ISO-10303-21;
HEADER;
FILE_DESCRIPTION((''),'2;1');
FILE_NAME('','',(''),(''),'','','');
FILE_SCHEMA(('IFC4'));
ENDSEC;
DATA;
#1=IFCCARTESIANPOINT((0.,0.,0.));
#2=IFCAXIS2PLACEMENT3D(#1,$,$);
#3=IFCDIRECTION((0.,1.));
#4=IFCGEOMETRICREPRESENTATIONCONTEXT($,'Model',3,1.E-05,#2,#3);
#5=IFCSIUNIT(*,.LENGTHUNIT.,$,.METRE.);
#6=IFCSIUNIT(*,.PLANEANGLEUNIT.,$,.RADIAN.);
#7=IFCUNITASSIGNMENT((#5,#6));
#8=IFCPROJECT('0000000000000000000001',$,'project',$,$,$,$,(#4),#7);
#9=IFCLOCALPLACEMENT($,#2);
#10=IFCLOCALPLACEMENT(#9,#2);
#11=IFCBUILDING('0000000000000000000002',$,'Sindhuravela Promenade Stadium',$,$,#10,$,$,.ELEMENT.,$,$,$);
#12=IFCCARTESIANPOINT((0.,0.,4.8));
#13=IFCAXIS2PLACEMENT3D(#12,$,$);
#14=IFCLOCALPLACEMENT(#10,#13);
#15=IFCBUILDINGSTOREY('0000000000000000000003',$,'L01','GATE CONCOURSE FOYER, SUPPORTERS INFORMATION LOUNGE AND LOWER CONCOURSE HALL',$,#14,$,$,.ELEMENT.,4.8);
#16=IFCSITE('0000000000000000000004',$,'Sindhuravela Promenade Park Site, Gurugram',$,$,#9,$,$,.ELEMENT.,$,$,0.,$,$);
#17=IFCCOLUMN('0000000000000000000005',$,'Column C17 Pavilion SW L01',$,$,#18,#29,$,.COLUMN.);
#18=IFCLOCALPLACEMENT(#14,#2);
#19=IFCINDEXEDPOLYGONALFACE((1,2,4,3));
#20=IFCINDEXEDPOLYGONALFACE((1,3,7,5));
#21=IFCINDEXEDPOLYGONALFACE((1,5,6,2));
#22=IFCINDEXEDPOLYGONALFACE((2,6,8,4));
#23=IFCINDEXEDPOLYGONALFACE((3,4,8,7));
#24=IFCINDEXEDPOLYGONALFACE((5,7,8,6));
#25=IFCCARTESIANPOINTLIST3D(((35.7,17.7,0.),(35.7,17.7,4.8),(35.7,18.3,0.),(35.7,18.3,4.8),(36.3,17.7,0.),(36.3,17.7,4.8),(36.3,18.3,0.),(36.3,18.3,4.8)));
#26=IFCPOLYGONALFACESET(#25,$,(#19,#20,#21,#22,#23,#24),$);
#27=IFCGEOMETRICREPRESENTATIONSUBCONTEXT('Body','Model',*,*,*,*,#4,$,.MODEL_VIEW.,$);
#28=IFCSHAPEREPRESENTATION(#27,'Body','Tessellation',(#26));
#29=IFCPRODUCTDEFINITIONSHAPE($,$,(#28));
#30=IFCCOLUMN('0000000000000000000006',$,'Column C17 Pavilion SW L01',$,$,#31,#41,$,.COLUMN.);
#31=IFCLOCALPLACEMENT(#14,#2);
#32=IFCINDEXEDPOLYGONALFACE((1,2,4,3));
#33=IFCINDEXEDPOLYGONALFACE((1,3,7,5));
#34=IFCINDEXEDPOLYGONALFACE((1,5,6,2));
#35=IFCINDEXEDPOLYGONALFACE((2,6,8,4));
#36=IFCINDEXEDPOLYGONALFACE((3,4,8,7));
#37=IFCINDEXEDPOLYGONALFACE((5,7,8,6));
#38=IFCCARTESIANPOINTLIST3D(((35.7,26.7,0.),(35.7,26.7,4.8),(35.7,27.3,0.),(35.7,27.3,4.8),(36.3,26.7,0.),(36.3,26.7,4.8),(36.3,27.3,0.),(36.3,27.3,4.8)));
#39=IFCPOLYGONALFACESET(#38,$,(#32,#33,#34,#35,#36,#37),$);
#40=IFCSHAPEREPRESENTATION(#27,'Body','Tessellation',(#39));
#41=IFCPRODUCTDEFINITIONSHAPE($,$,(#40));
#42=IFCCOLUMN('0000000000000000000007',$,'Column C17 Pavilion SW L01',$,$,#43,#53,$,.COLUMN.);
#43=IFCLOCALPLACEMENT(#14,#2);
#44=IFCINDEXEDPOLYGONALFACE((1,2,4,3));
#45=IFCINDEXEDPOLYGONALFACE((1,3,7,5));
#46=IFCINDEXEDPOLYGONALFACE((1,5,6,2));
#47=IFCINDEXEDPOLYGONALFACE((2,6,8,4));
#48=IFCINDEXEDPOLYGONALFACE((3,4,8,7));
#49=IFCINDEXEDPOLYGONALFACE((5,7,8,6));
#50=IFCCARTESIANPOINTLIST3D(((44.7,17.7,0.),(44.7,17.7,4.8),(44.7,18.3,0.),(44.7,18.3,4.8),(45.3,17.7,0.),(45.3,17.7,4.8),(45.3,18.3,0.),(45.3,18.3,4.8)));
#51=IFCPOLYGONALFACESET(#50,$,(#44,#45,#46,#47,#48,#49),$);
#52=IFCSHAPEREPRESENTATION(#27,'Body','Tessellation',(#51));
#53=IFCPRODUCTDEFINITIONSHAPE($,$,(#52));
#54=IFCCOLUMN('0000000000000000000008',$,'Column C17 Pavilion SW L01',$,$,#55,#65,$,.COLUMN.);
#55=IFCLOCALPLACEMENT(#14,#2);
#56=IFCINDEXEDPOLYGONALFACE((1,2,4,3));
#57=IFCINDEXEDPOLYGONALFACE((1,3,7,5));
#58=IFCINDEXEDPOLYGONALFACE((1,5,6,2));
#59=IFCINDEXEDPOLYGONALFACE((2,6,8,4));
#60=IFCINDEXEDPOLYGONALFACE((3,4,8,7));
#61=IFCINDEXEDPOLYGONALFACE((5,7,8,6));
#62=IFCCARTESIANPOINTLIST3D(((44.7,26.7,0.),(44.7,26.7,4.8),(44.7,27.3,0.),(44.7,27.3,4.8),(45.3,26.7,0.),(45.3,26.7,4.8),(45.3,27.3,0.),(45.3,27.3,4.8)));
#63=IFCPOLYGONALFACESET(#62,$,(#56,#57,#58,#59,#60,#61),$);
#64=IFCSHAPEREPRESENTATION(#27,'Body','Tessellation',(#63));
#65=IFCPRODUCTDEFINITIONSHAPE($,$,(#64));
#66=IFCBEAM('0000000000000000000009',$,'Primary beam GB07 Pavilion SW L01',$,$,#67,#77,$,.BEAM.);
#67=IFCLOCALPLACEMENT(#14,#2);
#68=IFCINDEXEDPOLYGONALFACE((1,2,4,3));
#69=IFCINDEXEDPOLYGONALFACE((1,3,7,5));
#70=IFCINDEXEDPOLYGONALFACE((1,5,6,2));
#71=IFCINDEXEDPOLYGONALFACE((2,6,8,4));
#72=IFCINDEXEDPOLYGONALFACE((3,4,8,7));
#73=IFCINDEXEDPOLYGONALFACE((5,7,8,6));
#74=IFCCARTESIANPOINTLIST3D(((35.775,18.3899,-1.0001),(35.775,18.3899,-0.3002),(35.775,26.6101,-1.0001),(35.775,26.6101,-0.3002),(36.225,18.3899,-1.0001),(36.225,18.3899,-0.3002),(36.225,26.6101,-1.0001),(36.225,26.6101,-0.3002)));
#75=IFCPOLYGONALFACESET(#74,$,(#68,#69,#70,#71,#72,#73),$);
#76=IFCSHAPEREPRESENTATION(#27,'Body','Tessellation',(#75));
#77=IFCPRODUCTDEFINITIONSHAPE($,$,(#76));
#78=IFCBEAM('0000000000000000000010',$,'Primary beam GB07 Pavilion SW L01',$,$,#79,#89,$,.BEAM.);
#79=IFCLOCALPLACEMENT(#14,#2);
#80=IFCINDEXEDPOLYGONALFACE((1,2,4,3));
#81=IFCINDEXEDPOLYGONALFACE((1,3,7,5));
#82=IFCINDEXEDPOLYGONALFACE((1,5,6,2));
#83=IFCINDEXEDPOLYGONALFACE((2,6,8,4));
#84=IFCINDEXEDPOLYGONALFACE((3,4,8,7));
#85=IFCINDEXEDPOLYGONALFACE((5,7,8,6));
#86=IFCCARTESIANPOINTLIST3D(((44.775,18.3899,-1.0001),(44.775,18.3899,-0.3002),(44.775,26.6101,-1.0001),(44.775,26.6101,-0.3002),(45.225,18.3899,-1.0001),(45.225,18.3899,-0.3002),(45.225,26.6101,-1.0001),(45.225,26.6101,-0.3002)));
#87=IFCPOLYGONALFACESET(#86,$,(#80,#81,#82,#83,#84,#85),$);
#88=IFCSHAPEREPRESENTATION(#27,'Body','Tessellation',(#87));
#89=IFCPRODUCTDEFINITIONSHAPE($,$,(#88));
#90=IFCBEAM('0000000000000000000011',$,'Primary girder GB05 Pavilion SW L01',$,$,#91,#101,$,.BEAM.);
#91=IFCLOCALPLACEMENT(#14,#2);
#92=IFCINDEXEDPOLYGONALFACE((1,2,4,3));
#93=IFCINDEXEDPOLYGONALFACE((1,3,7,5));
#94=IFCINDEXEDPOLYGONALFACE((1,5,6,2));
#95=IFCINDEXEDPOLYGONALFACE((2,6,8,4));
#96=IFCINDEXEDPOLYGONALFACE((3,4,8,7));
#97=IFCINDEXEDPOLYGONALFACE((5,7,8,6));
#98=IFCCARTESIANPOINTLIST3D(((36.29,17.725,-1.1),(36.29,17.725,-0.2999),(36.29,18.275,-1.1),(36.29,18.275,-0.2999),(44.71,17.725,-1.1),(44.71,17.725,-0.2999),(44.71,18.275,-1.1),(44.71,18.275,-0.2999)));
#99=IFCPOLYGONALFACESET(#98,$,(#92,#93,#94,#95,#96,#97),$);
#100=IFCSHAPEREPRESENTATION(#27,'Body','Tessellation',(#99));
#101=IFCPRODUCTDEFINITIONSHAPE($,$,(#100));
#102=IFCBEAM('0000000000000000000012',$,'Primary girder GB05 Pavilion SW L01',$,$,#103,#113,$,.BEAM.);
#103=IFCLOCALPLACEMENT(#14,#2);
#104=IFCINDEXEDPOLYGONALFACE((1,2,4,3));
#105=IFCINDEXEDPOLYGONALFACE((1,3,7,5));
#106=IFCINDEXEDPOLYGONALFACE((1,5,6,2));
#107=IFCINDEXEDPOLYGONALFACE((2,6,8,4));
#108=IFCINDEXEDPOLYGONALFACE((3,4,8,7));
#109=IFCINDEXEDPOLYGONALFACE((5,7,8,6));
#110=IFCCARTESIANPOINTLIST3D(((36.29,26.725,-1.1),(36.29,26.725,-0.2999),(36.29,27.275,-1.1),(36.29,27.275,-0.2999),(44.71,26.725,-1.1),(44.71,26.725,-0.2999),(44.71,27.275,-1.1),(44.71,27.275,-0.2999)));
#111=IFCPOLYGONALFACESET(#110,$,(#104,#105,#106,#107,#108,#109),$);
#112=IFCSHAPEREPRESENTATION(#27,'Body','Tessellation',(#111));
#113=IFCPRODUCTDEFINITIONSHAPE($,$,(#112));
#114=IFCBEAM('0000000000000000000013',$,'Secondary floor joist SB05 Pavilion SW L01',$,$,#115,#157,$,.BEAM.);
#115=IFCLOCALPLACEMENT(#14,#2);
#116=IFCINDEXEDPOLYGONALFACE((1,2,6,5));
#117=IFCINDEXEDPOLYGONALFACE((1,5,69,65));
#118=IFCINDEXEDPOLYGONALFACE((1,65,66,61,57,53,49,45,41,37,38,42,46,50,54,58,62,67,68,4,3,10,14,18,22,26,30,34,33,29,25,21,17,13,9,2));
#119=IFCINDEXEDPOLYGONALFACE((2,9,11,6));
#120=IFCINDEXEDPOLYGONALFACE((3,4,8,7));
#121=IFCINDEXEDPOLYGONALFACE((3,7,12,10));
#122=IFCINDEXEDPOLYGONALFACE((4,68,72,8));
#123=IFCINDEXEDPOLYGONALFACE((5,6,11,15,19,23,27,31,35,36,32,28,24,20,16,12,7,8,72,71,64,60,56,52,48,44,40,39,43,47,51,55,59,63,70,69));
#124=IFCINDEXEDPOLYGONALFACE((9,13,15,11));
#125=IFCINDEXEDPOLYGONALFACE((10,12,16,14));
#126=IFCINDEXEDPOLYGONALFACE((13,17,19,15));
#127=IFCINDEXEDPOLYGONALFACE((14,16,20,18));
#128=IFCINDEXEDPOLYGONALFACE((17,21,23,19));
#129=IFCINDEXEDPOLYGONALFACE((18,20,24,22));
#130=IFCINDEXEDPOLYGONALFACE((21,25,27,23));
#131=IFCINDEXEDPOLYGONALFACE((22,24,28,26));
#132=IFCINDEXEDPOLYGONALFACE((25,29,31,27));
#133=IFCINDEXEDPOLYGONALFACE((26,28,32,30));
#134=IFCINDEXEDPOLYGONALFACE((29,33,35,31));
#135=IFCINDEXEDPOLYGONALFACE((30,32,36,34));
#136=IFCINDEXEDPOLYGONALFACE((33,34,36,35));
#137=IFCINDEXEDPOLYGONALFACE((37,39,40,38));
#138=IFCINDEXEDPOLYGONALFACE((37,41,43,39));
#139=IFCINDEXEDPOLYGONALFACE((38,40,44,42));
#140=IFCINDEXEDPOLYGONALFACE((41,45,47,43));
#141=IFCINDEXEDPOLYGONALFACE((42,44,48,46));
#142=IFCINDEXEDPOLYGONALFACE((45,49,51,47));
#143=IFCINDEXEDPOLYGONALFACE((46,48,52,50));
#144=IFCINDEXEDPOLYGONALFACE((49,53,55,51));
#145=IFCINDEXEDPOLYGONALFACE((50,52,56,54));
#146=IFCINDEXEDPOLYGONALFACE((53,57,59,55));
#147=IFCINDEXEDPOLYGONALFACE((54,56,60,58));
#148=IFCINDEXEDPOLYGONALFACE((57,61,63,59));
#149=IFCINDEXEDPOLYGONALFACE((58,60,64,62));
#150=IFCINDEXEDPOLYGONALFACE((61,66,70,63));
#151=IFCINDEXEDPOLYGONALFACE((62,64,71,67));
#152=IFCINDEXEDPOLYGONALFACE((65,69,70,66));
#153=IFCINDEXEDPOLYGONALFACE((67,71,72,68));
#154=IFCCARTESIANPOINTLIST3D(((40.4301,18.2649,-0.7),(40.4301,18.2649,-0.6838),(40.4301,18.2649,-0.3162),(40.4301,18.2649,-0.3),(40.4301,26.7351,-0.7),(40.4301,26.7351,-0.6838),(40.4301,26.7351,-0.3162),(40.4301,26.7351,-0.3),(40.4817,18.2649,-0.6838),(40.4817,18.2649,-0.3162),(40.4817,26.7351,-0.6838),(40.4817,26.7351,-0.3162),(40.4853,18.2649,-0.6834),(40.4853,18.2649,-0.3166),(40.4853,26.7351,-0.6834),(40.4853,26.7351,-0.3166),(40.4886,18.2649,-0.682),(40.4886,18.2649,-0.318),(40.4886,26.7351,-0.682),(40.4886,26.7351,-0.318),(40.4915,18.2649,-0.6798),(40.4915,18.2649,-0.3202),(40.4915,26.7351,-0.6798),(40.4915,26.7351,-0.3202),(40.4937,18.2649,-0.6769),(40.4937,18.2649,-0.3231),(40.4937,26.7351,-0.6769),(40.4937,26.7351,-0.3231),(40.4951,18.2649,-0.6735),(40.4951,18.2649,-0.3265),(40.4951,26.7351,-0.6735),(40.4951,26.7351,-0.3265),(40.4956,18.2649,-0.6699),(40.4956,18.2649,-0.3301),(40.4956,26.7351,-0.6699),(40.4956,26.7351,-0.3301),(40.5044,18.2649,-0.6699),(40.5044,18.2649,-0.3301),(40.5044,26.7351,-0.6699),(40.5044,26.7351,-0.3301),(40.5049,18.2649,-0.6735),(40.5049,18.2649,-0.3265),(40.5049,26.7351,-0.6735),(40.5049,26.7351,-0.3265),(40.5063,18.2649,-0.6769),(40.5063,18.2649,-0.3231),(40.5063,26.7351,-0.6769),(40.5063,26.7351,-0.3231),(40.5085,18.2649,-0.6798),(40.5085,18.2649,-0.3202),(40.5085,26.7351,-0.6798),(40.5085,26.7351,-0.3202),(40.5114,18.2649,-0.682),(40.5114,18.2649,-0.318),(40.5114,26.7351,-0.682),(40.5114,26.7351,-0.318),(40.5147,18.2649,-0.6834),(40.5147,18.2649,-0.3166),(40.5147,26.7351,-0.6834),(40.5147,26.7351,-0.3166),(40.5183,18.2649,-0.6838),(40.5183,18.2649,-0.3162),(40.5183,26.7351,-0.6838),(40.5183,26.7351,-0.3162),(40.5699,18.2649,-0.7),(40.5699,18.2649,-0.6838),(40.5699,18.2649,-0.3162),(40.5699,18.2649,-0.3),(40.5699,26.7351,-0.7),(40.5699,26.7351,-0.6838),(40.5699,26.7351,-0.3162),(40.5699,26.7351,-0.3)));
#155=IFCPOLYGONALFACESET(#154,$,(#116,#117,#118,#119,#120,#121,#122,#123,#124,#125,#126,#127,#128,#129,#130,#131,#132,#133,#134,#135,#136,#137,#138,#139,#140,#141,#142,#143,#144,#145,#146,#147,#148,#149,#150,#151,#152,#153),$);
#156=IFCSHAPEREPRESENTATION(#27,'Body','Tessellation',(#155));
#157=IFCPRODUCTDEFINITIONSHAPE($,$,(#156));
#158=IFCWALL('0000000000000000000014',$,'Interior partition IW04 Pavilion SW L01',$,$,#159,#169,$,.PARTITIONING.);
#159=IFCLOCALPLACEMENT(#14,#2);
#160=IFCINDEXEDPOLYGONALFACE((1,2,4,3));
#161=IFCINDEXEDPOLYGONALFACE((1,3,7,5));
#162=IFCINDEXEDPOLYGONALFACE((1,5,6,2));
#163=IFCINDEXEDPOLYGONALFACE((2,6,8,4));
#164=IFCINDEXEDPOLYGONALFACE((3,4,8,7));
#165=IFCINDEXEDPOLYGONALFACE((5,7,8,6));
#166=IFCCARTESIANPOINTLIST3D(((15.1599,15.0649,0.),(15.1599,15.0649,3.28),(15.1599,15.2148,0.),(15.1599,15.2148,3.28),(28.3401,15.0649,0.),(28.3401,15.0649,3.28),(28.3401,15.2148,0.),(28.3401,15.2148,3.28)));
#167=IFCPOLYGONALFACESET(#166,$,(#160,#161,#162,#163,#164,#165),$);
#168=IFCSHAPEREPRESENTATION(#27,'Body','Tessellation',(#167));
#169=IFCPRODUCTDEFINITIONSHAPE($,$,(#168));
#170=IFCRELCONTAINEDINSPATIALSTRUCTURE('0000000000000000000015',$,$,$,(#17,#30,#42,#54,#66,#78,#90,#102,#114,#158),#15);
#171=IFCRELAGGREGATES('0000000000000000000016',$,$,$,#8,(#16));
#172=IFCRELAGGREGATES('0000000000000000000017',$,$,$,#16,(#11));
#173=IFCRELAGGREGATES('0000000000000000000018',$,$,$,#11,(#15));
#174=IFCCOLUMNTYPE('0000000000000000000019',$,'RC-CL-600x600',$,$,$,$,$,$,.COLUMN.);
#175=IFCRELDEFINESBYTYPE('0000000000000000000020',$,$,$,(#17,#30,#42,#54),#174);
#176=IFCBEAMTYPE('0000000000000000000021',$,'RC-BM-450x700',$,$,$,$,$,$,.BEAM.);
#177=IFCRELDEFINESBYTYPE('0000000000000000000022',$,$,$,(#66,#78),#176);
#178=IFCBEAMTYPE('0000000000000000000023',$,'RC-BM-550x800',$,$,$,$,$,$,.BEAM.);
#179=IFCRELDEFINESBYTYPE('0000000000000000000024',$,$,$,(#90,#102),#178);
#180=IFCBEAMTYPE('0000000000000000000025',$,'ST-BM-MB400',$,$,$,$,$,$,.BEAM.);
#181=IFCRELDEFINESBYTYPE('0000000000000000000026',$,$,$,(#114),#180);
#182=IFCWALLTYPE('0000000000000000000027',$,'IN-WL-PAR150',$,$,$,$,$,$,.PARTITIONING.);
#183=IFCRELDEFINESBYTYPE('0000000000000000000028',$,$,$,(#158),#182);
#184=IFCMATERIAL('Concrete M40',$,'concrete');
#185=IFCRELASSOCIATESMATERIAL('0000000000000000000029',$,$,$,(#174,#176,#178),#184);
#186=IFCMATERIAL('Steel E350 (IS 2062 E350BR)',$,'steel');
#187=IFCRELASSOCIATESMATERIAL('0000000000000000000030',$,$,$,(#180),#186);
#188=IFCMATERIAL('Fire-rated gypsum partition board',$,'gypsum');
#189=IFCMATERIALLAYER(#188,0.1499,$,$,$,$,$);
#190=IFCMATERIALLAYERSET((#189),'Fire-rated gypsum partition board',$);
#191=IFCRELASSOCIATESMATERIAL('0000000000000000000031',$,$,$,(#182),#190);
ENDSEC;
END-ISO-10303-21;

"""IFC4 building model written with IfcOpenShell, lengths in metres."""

from ifc_helpers import new_model, si_unit, direction, frame, frame_2d, origin, origin_2d, place, context, subcontext, project, spatial, rectangle, i_section, extrude, material, layer, layer_set, material_profile, profile_set, type_object, element, save


model = new_model("IFC4")

# Units and contexts
model_context = context("Model", 3, precision=1e-05, world=origin(), true_north=direction((0.0, 1.0)))
body_context = subcontext(model_context, "Body", "Model", "MODEL_VIEW")
ifc_project = project(units=[si_unit("LENGTHUNIT", "METRE"), si_unit("PLANEANGLEUNIT", "RADIAN")], contexts=[model_context])

# Site, building, storey
site_placement = place(None, origin())
site = spatial("IfcSite", under=ifc_project, at=site_placement, Name="Sindhuravela Promenade Park Site, Gurugram", CompositionType="ELEMENT", RefElevation=0.0)
building_placement = place(site_placement, origin())
building = spatial("IfcBuilding", under=site, at=building_placement, Name="Sindhuravela Promenade Stadium", CompositionType="ELEMENT")
storey_placement = place(building_placement, frame((0.0, 0.0, 4.8)))
storey = spatial("IfcBuildingStorey", under=building, at=storey_placement, Name="L01", Description="GATE CONCOURSE FOYER, SUPPORTERS INFORMATION LOUNGE AND LOWER CONCOURSE HALL", CompositionType="ELEMENT", Elevation=4.8)

# Columns
ifc_material_1 = material(Name="Concrete M40", Category="concrete")
ifc_material_profile_1 = material_profile(ifc_material_1, rectangle(XDim=0.6001, YDim=0.6001, at=origin_2d()), Name="RC 600x600")
ifc_profile_set_1 = profile_set([ifc_material_profile_1], Name="Concrete M40")
column_type = type_object("IfcColumnType", Name="RC-CL-600x600", PredefinedType="COLUMN", material=ifc_profile_set_1)
for number, where, z_axis, x_axis, name in (
    (1, (36.0, 18.0, 0.0), (0.0, 0.0, 1.0), (1.0, 0.0, 0.0), "Column C17 Pavilion SW L01"),
    (2, (36.0, 27.0, 0.0), (0.0, 0.0, 1.0), (1.0, 0.0, 0.0), "Column C17 Pavilion SW L01"),
    (3, (45.0, 18.0, 0.0), (0.0, 0.0, 1.0), (1.0, 0.0, 0.0), "Column C17 Pavilion SW L01"),
    (4, (45.0, 27.0, 0.0), (0.0, 0.0, 1.0), (1.0, 0.0, 0.0), "Column C17 Pavilion SW L01"),
):
    element("IfcColumn", number, at=place(storey_placement, frame(where, z_axis=z_axis, x_axis=x_axis)), inside=storey, type_object=column_type, Name=name, PredefinedType="COLUMN", context=body_context, shape_type="SweptSolid", body=[
        extrude(rectangle(XDim=0.6001, YDim=0.6001, at=origin_2d()), origin(), (0.0, 0.0, 1.0), 4.8),
    ])

# Beams
ifc_material_profile_2 = material_profile(ifc_material_1, rectangle(XDim=0.45, YDim=0.7, at=origin_2d()), Name="RC 450x700")
ifc_profile_set_2 = profile_set([ifc_material_profile_2], Name="Concrete M40")
beam_type_1 = type_object("IfcBeamType", Name="RC-BM-450x700", PredefinedType="BEAM", material=ifc_profile_set_2)
for number, where, z_axis, x_axis, name in (
    (5, (36.0, 18.3899, -0.6501), (0.0, 1.0, 0.0), (-1.0, 0.0, 0.0), "Primary beam GB07 Pavilion SW L01"),
    (6, (45.0, 18.3899, -0.6501), (0.0, 1.0, 0.0), (-1.0, 0.0, 0.0), "Primary beam GB07 Pavilion SW L01"),
):
    element("IfcBeam", number, at=place(storey_placement, frame(where, z_axis=z_axis, x_axis=x_axis)), inside=storey, type_object=beam_type_1, Name=name, PredefinedType="BEAM", context=body_context, shape_type="SweptSolid", body=[
        extrude(rectangle(XDim=0.45, YDim=0.7, at=origin_2d()), origin(), (0.0, 0.0, 1.0), 8.2202),
    ])
ifc_material_profile_3 = material_profile(ifc_material_1, rectangle(XDim=0.55, YDim=0.8, at=origin_2d()), Name="RC 550x800")
ifc_profile_set_3 = profile_set([ifc_material_profile_3], Name="Concrete M40")
beam_type_2 = type_object("IfcBeamType", Name="RC-BM-550x800", PredefinedType="BEAM", material=ifc_profile_set_3)
for number, where, z_axis, x_axis, name in (
    (7, (36.29, 18.0, -0.7), (1.0, 0.0, 0.0), (0.0, 1.0, 0.0), "Primary girder GB05 Pavilion SW L01"),
    (8, (36.29, 27.0, -0.7), (1.0, 0.0, 0.0), (0.0, 1.0, 0.0), "Primary girder GB05 Pavilion SW L01"),
):
    element("IfcBeam", number, at=place(storey_placement, frame(where, z_axis=z_axis, x_axis=x_axis)), inside=storey, type_object=beam_type_2, Name=name, PredefinedType="BEAM", context=body_context, shape_type="SweptSolid", body=[
        extrude(rectangle(XDim=0.55, YDim=0.8, at=origin_2d()), origin(), (0.0, 0.0, 1.0), 8.4199),
    ])
ifc_material_2 = material(Name="Steel E350 (IS 2062 E350BR)", Category="steel")
ifc_material_profile_4 = material_profile(ifc_material_2, i_section(OverallWidth=0.1399, OverallDepth=0.3999, WebThickness=0.0088, FlangeThickness=0.0161, FilletRadius=0.0139, at=origin_2d()), Name="ISMB 400")
ifc_profile_set_4 = profile_set([ifc_material_profile_4], Name="Steel E350 (IS 2062 E350BR)")
beam_type_3 = type_object("IfcBeamType", Name="ST-BM-MB400", PredefinedType="BEAM", material=ifc_profile_set_4)
beam_placement = place(storey_placement, frame((40.5, 18.2649, -0.5), z_axis=(0.0, 1.0, 0.0), x_axis=(-1.0, 0.0, 0.0)))
element("IfcBeam", 9, at=beam_placement, inside=storey, type_object=beam_type_3, Name="Secondary floor joist SB05 Pavilion SW L01", PredefinedType="BEAM", context=body_context, shape_type="SweptSolid", body=[
    extrude(i_section(OverallWidth=0.1399, OverallDepth=0.3999, WebThickness=0.0088, FlangeThickness=0.0161, FilletRadius=0.0139, at=origin_2d()), origin(), (0.0, 0.0, 1.0), 8.4702),
])

# Wall
ifc_material_3 = material(Name="Fire-rated gypsum partition board", Category="gypsum")
ifc_layer_1 = layer(ifc_material_3, 0.1499)
ifc_layer_set_1 = layer_set([ifc_layer_1], Name="Fire-rated gypsum partition board")
wall_type_1 = type_object("IfcWallType", Name="IN-WL-PAR150", PredefinedType="PARTITIONING", material=ifc_layer_set_1)
wall_1_placement = place(storey_placement, frame((28.3401, 15.1399, 0.0), z_axis=(0.0, 0.0, 1.0), x_axis=(-1.0, 0.0, 0.0)))
element("IfcWall", 10, at=wall_1_placement, inside=storey, type_object=wall_type_1, Name="Interior partition IW04 Pavilion SW L01", PredefinedType="PARTITIONING", context=body_context, shape_type="SweptSolid", body=[
    extrude(rectangle(XDim=13.1802, YDim=0.1499, at=frame_2d((6.5901, 0.0))), origin(), (0.0, 0.0, 1.0), 3.28),
])

save(model, "model.ifc")
